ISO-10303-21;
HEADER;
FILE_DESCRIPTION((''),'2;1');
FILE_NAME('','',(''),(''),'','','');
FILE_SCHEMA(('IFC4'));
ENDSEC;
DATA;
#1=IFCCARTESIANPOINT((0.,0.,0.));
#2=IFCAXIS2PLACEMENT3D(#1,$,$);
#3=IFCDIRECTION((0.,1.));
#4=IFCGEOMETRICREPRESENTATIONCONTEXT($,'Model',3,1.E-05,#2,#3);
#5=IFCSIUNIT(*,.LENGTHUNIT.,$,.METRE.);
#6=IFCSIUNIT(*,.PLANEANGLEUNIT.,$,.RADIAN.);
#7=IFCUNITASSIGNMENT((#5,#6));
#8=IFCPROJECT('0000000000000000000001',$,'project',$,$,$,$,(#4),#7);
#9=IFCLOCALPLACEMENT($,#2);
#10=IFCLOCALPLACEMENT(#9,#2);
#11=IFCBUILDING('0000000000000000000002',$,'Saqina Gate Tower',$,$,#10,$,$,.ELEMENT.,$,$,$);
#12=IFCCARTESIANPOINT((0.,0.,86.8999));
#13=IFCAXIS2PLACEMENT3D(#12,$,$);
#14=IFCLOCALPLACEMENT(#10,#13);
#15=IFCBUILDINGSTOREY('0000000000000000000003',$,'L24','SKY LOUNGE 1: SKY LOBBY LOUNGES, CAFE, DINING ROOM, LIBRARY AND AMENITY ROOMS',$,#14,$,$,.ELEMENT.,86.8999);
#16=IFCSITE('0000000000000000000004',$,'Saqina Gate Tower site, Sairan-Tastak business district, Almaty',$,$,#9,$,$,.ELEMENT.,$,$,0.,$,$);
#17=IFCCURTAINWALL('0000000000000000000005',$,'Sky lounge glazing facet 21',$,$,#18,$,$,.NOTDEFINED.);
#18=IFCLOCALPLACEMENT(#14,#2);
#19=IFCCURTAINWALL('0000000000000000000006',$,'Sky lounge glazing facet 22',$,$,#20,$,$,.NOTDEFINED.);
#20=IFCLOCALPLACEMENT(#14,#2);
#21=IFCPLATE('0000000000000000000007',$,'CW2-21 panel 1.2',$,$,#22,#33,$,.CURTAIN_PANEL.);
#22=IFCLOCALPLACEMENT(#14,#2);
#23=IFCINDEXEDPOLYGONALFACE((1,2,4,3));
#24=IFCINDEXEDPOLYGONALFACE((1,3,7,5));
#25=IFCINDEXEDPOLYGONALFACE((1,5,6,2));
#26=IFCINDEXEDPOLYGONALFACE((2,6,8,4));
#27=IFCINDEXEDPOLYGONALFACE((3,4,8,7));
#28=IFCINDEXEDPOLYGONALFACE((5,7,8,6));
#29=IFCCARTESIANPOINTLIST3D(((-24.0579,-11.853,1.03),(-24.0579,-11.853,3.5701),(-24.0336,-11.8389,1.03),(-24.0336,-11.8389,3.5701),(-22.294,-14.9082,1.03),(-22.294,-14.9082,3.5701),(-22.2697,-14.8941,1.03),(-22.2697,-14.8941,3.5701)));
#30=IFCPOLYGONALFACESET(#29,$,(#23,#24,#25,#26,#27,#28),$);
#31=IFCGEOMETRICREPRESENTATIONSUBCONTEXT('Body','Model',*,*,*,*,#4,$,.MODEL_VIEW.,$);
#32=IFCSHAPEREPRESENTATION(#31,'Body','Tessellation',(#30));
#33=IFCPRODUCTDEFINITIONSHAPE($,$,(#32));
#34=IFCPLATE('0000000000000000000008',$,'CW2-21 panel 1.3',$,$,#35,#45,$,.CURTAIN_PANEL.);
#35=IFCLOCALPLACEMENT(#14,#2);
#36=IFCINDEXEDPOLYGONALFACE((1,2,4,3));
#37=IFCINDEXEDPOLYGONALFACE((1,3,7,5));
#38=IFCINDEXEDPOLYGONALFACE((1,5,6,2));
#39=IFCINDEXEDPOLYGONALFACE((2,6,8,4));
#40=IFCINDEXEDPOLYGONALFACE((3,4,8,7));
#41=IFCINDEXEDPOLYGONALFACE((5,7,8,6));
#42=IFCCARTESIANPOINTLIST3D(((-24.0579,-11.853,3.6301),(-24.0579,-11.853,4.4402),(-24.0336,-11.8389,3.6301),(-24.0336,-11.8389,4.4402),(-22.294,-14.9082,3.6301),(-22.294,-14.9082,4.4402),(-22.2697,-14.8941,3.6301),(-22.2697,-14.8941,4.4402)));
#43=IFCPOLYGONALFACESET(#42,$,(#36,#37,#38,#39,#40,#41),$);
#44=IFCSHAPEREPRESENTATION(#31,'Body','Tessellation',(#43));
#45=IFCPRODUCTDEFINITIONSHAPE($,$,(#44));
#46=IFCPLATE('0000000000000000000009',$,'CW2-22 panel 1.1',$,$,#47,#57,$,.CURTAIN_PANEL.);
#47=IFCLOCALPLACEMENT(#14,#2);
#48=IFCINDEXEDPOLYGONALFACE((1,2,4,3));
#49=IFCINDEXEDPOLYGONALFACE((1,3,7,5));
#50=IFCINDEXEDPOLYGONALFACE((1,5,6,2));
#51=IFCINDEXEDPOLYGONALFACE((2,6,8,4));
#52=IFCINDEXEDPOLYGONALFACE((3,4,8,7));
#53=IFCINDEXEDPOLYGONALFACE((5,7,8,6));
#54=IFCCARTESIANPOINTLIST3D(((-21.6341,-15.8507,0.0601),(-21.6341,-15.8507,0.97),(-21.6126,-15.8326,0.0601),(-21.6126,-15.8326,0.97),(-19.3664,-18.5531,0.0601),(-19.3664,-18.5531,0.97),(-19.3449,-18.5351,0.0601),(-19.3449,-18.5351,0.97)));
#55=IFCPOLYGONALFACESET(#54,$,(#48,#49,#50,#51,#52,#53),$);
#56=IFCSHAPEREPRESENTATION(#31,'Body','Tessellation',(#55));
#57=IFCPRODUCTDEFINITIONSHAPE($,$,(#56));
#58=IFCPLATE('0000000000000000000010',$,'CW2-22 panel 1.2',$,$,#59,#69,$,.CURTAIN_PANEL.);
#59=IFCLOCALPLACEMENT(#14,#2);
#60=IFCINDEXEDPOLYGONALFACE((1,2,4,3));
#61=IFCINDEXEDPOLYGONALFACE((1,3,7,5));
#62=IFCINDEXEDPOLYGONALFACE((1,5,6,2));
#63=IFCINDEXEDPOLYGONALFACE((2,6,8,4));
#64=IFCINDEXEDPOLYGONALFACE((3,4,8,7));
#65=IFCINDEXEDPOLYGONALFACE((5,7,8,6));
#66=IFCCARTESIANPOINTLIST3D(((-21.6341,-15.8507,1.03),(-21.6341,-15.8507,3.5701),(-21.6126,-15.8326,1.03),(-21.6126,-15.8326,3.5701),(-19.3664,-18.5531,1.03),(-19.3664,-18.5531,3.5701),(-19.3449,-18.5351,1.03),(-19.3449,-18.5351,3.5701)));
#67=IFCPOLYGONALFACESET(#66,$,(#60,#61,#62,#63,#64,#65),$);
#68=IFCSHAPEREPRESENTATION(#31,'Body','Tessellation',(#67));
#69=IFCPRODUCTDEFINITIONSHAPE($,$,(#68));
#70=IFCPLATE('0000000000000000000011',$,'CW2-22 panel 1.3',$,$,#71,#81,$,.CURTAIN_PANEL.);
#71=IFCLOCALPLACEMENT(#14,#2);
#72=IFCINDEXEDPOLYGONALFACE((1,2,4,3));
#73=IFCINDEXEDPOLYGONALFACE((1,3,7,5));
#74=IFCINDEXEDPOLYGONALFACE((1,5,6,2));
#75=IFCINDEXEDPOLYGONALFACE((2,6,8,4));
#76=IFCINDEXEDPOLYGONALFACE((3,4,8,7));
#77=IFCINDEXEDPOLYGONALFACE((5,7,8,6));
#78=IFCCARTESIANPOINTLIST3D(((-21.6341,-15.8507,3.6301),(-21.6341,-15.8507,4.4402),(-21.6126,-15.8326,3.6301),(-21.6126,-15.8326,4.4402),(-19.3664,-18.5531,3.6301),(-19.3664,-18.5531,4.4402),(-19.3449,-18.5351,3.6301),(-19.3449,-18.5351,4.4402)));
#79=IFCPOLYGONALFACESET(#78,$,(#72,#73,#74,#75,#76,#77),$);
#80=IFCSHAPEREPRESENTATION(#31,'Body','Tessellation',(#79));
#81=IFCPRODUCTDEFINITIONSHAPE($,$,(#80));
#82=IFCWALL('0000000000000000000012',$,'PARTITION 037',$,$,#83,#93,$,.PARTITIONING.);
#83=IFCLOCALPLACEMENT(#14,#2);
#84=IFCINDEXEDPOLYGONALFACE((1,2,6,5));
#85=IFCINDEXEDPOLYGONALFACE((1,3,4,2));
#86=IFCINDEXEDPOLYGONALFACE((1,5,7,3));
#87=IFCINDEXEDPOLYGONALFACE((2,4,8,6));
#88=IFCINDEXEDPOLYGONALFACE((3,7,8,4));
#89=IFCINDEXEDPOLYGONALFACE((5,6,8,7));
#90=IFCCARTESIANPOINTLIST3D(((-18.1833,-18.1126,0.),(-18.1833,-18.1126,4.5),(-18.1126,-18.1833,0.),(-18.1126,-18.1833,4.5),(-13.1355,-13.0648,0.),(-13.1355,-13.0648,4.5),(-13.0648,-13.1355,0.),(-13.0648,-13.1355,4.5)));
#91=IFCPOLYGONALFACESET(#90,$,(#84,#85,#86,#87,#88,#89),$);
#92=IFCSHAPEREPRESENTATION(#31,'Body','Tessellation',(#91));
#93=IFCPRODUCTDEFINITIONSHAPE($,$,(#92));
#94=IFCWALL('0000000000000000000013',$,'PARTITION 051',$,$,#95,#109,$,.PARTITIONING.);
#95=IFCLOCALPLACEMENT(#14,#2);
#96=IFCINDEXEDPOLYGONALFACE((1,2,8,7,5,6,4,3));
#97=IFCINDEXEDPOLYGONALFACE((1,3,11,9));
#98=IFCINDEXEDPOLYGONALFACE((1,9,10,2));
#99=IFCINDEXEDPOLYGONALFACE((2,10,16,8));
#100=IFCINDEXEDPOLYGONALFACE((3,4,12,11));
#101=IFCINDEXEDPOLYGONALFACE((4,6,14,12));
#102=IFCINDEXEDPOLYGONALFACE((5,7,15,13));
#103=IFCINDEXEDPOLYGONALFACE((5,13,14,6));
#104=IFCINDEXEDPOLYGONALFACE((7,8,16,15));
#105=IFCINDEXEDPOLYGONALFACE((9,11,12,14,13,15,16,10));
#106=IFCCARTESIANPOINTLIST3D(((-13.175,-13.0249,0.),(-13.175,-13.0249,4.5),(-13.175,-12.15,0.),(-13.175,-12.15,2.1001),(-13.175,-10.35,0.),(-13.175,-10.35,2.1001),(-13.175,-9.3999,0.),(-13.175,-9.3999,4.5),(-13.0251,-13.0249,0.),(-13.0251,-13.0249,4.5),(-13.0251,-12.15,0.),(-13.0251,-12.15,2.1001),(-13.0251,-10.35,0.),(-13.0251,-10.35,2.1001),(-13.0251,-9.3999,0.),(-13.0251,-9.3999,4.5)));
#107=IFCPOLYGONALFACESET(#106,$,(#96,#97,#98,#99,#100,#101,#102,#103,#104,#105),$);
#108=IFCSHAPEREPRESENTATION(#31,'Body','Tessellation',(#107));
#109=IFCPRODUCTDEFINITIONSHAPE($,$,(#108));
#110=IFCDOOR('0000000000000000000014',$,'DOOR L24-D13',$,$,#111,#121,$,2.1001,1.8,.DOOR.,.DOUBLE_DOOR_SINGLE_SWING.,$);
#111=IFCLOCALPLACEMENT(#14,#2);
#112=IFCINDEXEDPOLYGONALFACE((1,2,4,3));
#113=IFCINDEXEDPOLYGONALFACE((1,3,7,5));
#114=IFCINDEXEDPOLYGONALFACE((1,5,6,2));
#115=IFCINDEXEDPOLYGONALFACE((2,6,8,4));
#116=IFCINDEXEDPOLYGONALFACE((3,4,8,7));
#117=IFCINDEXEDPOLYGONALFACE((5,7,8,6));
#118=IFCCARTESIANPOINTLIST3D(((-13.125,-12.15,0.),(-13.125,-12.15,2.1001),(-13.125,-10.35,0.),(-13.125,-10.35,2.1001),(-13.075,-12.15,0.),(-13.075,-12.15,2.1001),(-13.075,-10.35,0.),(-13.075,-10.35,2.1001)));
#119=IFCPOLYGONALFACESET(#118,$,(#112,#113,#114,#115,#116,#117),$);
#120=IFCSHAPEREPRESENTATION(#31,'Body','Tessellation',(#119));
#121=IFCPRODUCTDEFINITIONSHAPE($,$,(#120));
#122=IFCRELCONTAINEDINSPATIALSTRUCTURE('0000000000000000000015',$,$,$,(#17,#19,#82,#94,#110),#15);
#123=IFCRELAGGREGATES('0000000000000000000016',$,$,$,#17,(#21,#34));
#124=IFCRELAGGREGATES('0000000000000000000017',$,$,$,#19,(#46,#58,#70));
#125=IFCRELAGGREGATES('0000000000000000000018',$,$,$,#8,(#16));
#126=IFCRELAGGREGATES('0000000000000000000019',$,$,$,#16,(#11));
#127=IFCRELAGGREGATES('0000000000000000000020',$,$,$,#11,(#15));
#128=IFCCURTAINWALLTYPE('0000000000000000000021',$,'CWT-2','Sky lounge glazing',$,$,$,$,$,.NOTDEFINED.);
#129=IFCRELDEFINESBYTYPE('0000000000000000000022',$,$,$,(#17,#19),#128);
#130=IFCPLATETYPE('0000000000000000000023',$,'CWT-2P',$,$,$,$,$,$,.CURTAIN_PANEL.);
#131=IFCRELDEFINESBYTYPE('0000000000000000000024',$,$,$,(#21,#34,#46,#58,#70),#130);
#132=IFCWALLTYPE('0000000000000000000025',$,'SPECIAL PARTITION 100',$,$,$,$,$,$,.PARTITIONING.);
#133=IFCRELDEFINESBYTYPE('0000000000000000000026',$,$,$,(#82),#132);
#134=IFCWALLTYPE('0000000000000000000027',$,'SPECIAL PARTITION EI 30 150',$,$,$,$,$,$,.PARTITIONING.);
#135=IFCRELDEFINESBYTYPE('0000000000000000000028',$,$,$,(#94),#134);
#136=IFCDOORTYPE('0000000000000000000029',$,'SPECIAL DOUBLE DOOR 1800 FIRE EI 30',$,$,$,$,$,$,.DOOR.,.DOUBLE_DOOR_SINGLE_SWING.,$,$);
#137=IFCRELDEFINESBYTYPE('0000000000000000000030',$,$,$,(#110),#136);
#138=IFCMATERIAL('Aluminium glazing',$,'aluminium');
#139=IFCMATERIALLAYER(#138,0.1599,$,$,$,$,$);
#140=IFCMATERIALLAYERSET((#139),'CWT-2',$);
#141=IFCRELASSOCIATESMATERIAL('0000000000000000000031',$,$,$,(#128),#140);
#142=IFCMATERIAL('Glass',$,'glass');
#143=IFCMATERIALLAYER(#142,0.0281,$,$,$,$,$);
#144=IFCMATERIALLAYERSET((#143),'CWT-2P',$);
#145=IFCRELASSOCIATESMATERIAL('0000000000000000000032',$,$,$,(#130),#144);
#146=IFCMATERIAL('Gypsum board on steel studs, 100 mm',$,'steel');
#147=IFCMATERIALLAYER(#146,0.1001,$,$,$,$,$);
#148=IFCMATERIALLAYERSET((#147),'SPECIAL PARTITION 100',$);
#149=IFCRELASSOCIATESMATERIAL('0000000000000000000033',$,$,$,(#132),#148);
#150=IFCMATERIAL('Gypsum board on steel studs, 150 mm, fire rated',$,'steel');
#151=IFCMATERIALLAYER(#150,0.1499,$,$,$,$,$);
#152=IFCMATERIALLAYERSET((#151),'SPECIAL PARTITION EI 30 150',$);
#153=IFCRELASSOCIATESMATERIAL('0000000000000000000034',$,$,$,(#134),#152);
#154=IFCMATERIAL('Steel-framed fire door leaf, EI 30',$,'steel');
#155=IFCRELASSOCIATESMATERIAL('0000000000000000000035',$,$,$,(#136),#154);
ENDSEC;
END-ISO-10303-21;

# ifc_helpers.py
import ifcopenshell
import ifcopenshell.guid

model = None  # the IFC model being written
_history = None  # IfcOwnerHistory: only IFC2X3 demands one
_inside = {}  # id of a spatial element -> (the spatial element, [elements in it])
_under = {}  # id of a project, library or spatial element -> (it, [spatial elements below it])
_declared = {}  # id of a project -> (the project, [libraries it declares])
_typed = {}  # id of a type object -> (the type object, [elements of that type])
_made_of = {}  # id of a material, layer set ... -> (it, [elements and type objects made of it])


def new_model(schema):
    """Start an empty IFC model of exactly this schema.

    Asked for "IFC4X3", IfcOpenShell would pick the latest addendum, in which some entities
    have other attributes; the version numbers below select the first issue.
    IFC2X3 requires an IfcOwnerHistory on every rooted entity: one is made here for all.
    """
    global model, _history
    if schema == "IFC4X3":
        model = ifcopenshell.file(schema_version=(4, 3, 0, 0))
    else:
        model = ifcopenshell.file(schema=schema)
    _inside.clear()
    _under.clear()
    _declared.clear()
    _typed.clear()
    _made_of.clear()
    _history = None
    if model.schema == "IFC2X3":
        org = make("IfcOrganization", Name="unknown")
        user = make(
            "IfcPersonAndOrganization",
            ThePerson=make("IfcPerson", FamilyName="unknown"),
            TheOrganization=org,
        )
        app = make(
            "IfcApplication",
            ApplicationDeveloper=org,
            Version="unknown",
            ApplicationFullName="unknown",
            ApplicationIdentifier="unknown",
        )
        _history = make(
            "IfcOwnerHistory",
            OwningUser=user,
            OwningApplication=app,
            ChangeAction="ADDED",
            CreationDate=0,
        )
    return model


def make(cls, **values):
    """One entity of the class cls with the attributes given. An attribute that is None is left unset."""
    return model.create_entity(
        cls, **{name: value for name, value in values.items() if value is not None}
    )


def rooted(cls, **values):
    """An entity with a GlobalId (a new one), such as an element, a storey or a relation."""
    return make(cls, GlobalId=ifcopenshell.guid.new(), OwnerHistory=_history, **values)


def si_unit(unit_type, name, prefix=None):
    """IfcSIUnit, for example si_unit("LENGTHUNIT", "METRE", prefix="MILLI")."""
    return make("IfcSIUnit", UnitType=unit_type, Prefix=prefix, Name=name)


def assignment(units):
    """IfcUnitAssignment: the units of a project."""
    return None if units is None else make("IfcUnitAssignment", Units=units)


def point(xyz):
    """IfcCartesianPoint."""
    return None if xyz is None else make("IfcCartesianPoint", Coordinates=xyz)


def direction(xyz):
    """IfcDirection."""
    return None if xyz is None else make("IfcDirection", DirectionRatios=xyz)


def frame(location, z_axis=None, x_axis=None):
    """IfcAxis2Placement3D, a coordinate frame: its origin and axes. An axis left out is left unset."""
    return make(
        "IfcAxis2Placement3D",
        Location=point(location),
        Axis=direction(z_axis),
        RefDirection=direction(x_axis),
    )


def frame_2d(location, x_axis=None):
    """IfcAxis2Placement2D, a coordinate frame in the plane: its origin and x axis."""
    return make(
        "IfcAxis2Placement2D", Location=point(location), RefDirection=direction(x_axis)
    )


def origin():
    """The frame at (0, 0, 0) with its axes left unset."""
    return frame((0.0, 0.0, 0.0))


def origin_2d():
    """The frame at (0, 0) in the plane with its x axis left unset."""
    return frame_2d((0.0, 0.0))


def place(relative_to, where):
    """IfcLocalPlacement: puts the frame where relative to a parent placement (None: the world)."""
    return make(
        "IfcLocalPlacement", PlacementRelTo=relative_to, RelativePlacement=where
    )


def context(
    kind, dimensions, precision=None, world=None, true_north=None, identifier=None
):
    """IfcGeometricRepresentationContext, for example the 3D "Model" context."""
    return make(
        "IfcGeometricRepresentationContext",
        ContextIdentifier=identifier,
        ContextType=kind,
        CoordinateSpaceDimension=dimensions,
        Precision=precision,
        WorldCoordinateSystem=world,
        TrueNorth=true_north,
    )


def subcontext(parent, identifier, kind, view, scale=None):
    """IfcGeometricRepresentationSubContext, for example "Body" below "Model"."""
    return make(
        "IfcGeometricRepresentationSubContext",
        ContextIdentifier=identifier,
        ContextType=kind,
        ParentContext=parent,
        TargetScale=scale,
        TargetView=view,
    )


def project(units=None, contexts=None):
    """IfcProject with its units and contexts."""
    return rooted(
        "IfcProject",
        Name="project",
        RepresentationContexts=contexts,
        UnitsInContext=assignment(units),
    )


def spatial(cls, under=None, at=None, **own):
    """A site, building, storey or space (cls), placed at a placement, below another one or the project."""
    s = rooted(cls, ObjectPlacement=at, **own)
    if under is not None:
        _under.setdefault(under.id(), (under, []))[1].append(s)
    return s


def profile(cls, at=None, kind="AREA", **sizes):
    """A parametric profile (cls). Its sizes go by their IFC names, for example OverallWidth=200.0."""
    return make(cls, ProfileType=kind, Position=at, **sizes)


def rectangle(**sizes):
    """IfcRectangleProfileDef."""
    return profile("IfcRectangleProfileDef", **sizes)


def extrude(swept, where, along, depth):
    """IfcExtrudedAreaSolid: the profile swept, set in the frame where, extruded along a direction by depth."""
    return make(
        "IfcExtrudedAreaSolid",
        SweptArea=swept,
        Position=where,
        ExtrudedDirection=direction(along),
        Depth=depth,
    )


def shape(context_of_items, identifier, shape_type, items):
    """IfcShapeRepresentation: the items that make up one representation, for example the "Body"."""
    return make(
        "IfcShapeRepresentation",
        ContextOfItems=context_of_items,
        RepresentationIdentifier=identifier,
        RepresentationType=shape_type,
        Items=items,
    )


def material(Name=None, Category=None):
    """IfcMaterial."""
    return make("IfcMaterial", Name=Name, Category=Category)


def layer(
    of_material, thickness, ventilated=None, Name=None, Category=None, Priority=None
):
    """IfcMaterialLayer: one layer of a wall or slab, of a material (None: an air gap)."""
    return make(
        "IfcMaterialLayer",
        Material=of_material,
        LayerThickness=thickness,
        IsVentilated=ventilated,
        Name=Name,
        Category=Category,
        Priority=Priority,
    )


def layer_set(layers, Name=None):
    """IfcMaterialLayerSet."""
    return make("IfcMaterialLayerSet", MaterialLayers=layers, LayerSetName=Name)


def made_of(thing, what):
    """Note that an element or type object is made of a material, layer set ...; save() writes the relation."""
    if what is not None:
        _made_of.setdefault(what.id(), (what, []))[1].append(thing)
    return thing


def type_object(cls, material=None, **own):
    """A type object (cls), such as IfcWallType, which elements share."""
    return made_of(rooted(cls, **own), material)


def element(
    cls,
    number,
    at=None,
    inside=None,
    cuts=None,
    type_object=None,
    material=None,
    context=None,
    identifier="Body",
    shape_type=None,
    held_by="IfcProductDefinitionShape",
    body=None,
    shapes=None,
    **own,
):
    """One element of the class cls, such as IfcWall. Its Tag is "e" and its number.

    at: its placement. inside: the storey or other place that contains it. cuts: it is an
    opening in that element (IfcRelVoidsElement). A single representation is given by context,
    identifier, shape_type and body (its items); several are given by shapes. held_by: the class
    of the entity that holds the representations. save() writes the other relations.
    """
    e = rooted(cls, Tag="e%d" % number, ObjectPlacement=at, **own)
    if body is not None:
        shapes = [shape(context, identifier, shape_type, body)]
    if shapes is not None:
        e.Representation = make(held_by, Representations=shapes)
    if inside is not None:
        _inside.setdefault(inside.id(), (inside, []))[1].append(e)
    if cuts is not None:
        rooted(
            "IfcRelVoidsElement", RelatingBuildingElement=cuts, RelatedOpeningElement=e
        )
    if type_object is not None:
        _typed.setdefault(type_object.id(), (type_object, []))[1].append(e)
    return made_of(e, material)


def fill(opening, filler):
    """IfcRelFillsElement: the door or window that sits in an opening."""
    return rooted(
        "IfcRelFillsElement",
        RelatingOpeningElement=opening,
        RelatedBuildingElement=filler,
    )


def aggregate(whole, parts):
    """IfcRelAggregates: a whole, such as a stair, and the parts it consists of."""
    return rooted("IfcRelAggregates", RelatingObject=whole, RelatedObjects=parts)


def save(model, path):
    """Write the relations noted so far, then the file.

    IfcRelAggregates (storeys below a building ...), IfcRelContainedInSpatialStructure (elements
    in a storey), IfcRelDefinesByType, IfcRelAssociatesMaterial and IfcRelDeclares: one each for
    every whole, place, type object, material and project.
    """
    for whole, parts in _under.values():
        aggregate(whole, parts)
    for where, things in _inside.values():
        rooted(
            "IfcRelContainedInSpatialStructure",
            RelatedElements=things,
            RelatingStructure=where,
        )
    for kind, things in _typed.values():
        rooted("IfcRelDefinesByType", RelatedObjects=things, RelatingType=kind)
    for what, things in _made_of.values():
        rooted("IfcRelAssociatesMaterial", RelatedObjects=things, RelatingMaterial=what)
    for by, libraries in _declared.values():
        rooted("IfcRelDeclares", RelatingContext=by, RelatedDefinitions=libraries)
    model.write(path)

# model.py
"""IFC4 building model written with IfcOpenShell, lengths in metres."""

from ifc_helpers import new_model, si_unit, direction, frame, frame_2d, origin, origin_2d, place, context, subcontext, project, spatial, rectangle, extrude, material, layer, layer_set, type_object, element, fill, aggregate, save


model = new_model("IFC4")

# Units and contexts
model_context = context("Model", 3, precision=1e-05, world=origin(), true_north=direction((0.0, 1.0)))
body_context = subcontext(model_context, "Body", "Model", "MODEL_VIEW")
ifc_project = project(units=[si_unit("LENGTHUNIT", "METRE"), si_unit("PLANEANGLEUNIT", "RADIAN")], contexts=[model_context])

# Site, building, storey
site_placement = place(None, origin())
site = spatial("IfcSite", under=ifc_project, at=site_placement, Name="Saqina Gate Tower site, Sairan-Tastak business district, Almaty", CompositionType="ELEMENT", RefElevation=0.0)
building_placement = place(site_placement, origin())
building = spatial("IfcBuilding", under=site, at=building_placement, Name="Saqina Gate Tower", CompositionType="ELEMENT")
storey_placement = place(building_placement, frame((0.0, 0.0, 86.8999)))
storey = spatial("IfcBuildingStorey", under=building, at=storey_placement, Name="L24", Description="SKY LOUNGE 1: SKY LOBBY LOUNGES, CAFE, DINING ROOM, LIBRARY AND AMENITY ROOMS", CompositionType="ELEMENT", Elevation=86.8999)

# Curtain wall
ifc_material_1 = material(Name="Aluminium glazing", Category="aluminium")
ifc_layer_1 = layer(ifc_material_1, 0.1599)
ifc_layer_set_1 = layer_set([ifc_layer_1], Name="CWT-2")
curtain_wall_type = type_object("IfcCurtainWallType", Name="CWT-2", Description="Sky lounge glazing", PredefinedType="NOTDEFINED", material=ifc_layer_set_1)
curtain_wall_1_placement = place(storey_placement, origin())
curtain_wall_1 = element("IfcCurtainWall", 1, at=curtain_wall_1_placement, inside=storey, type_object=curtain_wall_type, Name="Sky lounge glazing facet 21", PredefinedType="NOTDEFINED")

# Curtain wall
curtain_wall_2_placement = place(storey_placement, origin())
curtain_wall_2 = element("IfcCurtainWall", 2, at=curtain_wall_2_placement, inside=storey, type_object=curtain_wall_type, Name="Sky lounge glazing facet 22", PredefinedType="NOTDEFINED")

# Plates
ifc_material_2 = material(Name="Glass", Category="glass")
ifc_layer_2 = layer(ifc_material_2, 0.0281)
ifc_layer_set_2 = layer_set([ifc_layer_2], Name="CWT-2P")
plate_type = type_object("IfcPlateType", Name="CWT-2P", PredefinedType="CURTAIN_PANEL", material=ifc_layer_set_2)
plate_1_placement = place(storey_placement, frame((-23.1638, -13.3735, 1.03), z_axis=(0.0, 0.0, 1.0), x_axis=(0.499999, -0.866026, 0.0)))
plate_1 = element("IfcPlate", 3, at=plate_1_placement, type_object=plate_type, Name="CW2-21 panel 1.2", PredefinedType="CURTAIN_PANEL", context=body_context, shape_type="SweptSolid", body=[
    extrude(rectangle(XDim=3.5278, YDim=0.0281, at=origin_2d()), origin(), (0.0, 0.0, 1.0), 2.54),
])
plate_2_placement = place(storey_placement, frame((-23.1638, -13.3735, 3.6301), z_axis=(0.0, 0.0, 1.0), x_axis=(0.499999, -0.866026, 0.0)))
plate_2 = element("IfcPlate", 4, at=plate_2_placement, type_object=plate_type, Name="CW2-21 panel 1.3", PredefinedType="CURTAIN_PANEL", context=body_context, shape_type="SweptSolid", body=[
    extrude(rectangle(XDim=3.5278, YDim=0.0281, at=origin_2d()), origin(), (0.0, 0.0, 1.0), 0.8101),
])
aggregate(curtain_wall_1, [plate_1, plate_2])
plate_3_placement = place(storey_placement, frame((-20.4895, -17.1929, 0.0601), z_axis=(0.0, 0.0, 1.0), x_axis=(0.642791, -0.766042, 0.0)))
plate_3 = element("IfcPlate", 5, at=plate_3_placement, type_object=plate_type, Name="CW2-22 panel 1.1", PredefinedType="CURTAIN_PANEL", context=body_context, shape_type="SweptSolid", body=[
    extrude(rectangle(XDim=3.5278, YDim=0.0281, at=origin_2d()), origin(), (0.0, 0.0, 1.0), 0.9099),
])
plate_4_placement = place(storey_placement, frame((-20.4895, -17.1929, 1.03), z_axis=(0.0, 0.0, 1.0), x_axis=(0.642791, -0.766042, 0.0)))
plate_4 = element("IfcPlate", 6, at=plate_4_placement, type_object=plate_type, Name="CW2-22 panel 1.2", PredefinedType="CURTAIN_PANEL", context=body_context, shape_type="SweptSolid", body=[
    extrude(rectangle(XDim=3.5278, YDim=0.0281, at=origin_2d()), origin(), (0.0, 0.0, 1.0), 2.54),
])
plate_5_placement = place(storey_placement, frame((-20.4895, -17.1929, 3.6301), z_axis=(0.0, 0.0, 1.0), x_axis=(0.642791, -0.766042, 0.0)))
plate_5 = element("IfcPlate", 7, at=plate_5_placement, type_object=plate_type, Name="CW2-22 panel 1.3", PredefinedType="CURTAIN_PANEL", context=body_context, shape_type="SweptSolid", body=[
    extrude(rectangle(XDim=3.5278, YDim=0.0281, at=origin_2d()), origin(), (0.0, 0.0, 1.0), 0.8101),
])
aggregate(curtain_wall_2, [plate_3, plate_4, plate_5])

# Wall
ifc_material_3 = material(Name="Gypsum board on steel studs, 100 mm", Category="steel")
ifc_layer_3 = layer(ifc_material_3, 0.1001)
ifc_layer_set_3 = layer_set([ifc_layer_3], Name="SPECIAL PARTITION 100")
wall_type_1 = type_object("IfcWallType", Name="SPECIAL PARTITION 100", PredefinedType="PARTITIONING", material=ifc_layer_set_3)
wall_1_placement = place(storey_placement, frame((-18.1479, -18.1479, 0.0), z_axis=(0.0, 0.0, 1.0), x_axis=(0.707107, 0.707107, 0.0)))
element("IfcWall", 8, at=wall_1_placement, inside=storey, type_object=wall_type_1, Name="PARTITION 037", PredefinedType="PARTITIONING", context=body_context, shape_type="SweptSolid", body=[
    extrude(rectangle(XDim=7.1387, YDim=0.1001, at=frame_2d((3.5693, 0.0))), origin(), (0.0, 0.0, 1.0), 4.5),
])

# Wall, opening, door
ifc_material_4 = material(Name="Gypsum board on steel studs, 150 mm, fire rated", Category="steel")
ifc_layer_4 = layer(ifc_material_4, 0.1499)
ifc_layer_set_4 = layer_set([ifc_layer_4], Name="SPECIAL PARTITION EI 30 150")
wall_type_2 = type_object("IfcWallType", Name="SPECIAL PARTITION EI 30 150", PredefinedType="PARTITIONING", material=ifc_layer_set_4)
wall_2_placement = place(storey_placement, frame((-13.1001, -13.0249, 0.0), z_axis=(0.0, 0.0, 1.0), x_axis=(0.0, 1.0, 0.0)))
wall_2 = element("IfcWall", 9, at=wall_2_placement, inside=storey, type_object=wall_type_2, Name="PARTITION 051", PredefinedType="PARTITIONING", context=body_context, shape_type="SweptSolid", body=[
    extrude(rectangle(XDim=3.625, YDim=0.1499, at=frame_2d((1.8125, 0.0))), origin(), (0.0, 0.0, 1.0), 4.5),
])
opening_placement = place(wall_2_placement, frame((0.875, 0.0, 0.0)))
opening = element("IfcOpeningElement", 10, at=opening_placement, cuts=wall_2, PredefinedType="OPENING", context=body_context, shape_type="SweptSolid", body=[
    extrude(rectangle(XDim=1.8, YDim=2.1001, at=frame_2d((0.8999, 1.05))), frame((0.0, 0.0869, 0.0), z_axis=(0.0, -1.0, 0.0), x_axis=(1.0, 0.0, 0.0)), (0.0, 0.0, 1.0), 0.1738),
])
ifc_material_5 = material(Name="Steel-framed fire door leaf, EI 30", Category="steel")
door_type = type_object("IfcDoorType", Name="SPECIAL DOUBLE DOOR 1800 FIRE EI 30", OperationType="DOUBLE_DOOR_SINGLE_SWING", PredefinedType="DOOR", material=ifc_material_5)
door_placement = place(opening_placement, origin())
door = element("IfcDoor", 11, at=door_placement, inside=storey, type_object=door_type, Name="DOOR L24-D13", OperationType="DOUBLE_DOOR_SINGLE_SWING", OverallHeight=2.1001, OverallWidth=1.8, PredefinedType="DOOR", context=body_context, shape_type="SweptSolid", body=[
    extrude(rectangle(XDim=1.8, YDim=2.1001, at=frame_2d((0.8999, 1.05))), frame((0.0, 0.0249, 0.0), z_axis=(0.0, -1.0, 0.0), x_axis=(1.0, 0.0, 0.0)), (0.0, 0.0, 1.0), 0.05),
])
fill(opening, door)

save(model, "model.ifc")
